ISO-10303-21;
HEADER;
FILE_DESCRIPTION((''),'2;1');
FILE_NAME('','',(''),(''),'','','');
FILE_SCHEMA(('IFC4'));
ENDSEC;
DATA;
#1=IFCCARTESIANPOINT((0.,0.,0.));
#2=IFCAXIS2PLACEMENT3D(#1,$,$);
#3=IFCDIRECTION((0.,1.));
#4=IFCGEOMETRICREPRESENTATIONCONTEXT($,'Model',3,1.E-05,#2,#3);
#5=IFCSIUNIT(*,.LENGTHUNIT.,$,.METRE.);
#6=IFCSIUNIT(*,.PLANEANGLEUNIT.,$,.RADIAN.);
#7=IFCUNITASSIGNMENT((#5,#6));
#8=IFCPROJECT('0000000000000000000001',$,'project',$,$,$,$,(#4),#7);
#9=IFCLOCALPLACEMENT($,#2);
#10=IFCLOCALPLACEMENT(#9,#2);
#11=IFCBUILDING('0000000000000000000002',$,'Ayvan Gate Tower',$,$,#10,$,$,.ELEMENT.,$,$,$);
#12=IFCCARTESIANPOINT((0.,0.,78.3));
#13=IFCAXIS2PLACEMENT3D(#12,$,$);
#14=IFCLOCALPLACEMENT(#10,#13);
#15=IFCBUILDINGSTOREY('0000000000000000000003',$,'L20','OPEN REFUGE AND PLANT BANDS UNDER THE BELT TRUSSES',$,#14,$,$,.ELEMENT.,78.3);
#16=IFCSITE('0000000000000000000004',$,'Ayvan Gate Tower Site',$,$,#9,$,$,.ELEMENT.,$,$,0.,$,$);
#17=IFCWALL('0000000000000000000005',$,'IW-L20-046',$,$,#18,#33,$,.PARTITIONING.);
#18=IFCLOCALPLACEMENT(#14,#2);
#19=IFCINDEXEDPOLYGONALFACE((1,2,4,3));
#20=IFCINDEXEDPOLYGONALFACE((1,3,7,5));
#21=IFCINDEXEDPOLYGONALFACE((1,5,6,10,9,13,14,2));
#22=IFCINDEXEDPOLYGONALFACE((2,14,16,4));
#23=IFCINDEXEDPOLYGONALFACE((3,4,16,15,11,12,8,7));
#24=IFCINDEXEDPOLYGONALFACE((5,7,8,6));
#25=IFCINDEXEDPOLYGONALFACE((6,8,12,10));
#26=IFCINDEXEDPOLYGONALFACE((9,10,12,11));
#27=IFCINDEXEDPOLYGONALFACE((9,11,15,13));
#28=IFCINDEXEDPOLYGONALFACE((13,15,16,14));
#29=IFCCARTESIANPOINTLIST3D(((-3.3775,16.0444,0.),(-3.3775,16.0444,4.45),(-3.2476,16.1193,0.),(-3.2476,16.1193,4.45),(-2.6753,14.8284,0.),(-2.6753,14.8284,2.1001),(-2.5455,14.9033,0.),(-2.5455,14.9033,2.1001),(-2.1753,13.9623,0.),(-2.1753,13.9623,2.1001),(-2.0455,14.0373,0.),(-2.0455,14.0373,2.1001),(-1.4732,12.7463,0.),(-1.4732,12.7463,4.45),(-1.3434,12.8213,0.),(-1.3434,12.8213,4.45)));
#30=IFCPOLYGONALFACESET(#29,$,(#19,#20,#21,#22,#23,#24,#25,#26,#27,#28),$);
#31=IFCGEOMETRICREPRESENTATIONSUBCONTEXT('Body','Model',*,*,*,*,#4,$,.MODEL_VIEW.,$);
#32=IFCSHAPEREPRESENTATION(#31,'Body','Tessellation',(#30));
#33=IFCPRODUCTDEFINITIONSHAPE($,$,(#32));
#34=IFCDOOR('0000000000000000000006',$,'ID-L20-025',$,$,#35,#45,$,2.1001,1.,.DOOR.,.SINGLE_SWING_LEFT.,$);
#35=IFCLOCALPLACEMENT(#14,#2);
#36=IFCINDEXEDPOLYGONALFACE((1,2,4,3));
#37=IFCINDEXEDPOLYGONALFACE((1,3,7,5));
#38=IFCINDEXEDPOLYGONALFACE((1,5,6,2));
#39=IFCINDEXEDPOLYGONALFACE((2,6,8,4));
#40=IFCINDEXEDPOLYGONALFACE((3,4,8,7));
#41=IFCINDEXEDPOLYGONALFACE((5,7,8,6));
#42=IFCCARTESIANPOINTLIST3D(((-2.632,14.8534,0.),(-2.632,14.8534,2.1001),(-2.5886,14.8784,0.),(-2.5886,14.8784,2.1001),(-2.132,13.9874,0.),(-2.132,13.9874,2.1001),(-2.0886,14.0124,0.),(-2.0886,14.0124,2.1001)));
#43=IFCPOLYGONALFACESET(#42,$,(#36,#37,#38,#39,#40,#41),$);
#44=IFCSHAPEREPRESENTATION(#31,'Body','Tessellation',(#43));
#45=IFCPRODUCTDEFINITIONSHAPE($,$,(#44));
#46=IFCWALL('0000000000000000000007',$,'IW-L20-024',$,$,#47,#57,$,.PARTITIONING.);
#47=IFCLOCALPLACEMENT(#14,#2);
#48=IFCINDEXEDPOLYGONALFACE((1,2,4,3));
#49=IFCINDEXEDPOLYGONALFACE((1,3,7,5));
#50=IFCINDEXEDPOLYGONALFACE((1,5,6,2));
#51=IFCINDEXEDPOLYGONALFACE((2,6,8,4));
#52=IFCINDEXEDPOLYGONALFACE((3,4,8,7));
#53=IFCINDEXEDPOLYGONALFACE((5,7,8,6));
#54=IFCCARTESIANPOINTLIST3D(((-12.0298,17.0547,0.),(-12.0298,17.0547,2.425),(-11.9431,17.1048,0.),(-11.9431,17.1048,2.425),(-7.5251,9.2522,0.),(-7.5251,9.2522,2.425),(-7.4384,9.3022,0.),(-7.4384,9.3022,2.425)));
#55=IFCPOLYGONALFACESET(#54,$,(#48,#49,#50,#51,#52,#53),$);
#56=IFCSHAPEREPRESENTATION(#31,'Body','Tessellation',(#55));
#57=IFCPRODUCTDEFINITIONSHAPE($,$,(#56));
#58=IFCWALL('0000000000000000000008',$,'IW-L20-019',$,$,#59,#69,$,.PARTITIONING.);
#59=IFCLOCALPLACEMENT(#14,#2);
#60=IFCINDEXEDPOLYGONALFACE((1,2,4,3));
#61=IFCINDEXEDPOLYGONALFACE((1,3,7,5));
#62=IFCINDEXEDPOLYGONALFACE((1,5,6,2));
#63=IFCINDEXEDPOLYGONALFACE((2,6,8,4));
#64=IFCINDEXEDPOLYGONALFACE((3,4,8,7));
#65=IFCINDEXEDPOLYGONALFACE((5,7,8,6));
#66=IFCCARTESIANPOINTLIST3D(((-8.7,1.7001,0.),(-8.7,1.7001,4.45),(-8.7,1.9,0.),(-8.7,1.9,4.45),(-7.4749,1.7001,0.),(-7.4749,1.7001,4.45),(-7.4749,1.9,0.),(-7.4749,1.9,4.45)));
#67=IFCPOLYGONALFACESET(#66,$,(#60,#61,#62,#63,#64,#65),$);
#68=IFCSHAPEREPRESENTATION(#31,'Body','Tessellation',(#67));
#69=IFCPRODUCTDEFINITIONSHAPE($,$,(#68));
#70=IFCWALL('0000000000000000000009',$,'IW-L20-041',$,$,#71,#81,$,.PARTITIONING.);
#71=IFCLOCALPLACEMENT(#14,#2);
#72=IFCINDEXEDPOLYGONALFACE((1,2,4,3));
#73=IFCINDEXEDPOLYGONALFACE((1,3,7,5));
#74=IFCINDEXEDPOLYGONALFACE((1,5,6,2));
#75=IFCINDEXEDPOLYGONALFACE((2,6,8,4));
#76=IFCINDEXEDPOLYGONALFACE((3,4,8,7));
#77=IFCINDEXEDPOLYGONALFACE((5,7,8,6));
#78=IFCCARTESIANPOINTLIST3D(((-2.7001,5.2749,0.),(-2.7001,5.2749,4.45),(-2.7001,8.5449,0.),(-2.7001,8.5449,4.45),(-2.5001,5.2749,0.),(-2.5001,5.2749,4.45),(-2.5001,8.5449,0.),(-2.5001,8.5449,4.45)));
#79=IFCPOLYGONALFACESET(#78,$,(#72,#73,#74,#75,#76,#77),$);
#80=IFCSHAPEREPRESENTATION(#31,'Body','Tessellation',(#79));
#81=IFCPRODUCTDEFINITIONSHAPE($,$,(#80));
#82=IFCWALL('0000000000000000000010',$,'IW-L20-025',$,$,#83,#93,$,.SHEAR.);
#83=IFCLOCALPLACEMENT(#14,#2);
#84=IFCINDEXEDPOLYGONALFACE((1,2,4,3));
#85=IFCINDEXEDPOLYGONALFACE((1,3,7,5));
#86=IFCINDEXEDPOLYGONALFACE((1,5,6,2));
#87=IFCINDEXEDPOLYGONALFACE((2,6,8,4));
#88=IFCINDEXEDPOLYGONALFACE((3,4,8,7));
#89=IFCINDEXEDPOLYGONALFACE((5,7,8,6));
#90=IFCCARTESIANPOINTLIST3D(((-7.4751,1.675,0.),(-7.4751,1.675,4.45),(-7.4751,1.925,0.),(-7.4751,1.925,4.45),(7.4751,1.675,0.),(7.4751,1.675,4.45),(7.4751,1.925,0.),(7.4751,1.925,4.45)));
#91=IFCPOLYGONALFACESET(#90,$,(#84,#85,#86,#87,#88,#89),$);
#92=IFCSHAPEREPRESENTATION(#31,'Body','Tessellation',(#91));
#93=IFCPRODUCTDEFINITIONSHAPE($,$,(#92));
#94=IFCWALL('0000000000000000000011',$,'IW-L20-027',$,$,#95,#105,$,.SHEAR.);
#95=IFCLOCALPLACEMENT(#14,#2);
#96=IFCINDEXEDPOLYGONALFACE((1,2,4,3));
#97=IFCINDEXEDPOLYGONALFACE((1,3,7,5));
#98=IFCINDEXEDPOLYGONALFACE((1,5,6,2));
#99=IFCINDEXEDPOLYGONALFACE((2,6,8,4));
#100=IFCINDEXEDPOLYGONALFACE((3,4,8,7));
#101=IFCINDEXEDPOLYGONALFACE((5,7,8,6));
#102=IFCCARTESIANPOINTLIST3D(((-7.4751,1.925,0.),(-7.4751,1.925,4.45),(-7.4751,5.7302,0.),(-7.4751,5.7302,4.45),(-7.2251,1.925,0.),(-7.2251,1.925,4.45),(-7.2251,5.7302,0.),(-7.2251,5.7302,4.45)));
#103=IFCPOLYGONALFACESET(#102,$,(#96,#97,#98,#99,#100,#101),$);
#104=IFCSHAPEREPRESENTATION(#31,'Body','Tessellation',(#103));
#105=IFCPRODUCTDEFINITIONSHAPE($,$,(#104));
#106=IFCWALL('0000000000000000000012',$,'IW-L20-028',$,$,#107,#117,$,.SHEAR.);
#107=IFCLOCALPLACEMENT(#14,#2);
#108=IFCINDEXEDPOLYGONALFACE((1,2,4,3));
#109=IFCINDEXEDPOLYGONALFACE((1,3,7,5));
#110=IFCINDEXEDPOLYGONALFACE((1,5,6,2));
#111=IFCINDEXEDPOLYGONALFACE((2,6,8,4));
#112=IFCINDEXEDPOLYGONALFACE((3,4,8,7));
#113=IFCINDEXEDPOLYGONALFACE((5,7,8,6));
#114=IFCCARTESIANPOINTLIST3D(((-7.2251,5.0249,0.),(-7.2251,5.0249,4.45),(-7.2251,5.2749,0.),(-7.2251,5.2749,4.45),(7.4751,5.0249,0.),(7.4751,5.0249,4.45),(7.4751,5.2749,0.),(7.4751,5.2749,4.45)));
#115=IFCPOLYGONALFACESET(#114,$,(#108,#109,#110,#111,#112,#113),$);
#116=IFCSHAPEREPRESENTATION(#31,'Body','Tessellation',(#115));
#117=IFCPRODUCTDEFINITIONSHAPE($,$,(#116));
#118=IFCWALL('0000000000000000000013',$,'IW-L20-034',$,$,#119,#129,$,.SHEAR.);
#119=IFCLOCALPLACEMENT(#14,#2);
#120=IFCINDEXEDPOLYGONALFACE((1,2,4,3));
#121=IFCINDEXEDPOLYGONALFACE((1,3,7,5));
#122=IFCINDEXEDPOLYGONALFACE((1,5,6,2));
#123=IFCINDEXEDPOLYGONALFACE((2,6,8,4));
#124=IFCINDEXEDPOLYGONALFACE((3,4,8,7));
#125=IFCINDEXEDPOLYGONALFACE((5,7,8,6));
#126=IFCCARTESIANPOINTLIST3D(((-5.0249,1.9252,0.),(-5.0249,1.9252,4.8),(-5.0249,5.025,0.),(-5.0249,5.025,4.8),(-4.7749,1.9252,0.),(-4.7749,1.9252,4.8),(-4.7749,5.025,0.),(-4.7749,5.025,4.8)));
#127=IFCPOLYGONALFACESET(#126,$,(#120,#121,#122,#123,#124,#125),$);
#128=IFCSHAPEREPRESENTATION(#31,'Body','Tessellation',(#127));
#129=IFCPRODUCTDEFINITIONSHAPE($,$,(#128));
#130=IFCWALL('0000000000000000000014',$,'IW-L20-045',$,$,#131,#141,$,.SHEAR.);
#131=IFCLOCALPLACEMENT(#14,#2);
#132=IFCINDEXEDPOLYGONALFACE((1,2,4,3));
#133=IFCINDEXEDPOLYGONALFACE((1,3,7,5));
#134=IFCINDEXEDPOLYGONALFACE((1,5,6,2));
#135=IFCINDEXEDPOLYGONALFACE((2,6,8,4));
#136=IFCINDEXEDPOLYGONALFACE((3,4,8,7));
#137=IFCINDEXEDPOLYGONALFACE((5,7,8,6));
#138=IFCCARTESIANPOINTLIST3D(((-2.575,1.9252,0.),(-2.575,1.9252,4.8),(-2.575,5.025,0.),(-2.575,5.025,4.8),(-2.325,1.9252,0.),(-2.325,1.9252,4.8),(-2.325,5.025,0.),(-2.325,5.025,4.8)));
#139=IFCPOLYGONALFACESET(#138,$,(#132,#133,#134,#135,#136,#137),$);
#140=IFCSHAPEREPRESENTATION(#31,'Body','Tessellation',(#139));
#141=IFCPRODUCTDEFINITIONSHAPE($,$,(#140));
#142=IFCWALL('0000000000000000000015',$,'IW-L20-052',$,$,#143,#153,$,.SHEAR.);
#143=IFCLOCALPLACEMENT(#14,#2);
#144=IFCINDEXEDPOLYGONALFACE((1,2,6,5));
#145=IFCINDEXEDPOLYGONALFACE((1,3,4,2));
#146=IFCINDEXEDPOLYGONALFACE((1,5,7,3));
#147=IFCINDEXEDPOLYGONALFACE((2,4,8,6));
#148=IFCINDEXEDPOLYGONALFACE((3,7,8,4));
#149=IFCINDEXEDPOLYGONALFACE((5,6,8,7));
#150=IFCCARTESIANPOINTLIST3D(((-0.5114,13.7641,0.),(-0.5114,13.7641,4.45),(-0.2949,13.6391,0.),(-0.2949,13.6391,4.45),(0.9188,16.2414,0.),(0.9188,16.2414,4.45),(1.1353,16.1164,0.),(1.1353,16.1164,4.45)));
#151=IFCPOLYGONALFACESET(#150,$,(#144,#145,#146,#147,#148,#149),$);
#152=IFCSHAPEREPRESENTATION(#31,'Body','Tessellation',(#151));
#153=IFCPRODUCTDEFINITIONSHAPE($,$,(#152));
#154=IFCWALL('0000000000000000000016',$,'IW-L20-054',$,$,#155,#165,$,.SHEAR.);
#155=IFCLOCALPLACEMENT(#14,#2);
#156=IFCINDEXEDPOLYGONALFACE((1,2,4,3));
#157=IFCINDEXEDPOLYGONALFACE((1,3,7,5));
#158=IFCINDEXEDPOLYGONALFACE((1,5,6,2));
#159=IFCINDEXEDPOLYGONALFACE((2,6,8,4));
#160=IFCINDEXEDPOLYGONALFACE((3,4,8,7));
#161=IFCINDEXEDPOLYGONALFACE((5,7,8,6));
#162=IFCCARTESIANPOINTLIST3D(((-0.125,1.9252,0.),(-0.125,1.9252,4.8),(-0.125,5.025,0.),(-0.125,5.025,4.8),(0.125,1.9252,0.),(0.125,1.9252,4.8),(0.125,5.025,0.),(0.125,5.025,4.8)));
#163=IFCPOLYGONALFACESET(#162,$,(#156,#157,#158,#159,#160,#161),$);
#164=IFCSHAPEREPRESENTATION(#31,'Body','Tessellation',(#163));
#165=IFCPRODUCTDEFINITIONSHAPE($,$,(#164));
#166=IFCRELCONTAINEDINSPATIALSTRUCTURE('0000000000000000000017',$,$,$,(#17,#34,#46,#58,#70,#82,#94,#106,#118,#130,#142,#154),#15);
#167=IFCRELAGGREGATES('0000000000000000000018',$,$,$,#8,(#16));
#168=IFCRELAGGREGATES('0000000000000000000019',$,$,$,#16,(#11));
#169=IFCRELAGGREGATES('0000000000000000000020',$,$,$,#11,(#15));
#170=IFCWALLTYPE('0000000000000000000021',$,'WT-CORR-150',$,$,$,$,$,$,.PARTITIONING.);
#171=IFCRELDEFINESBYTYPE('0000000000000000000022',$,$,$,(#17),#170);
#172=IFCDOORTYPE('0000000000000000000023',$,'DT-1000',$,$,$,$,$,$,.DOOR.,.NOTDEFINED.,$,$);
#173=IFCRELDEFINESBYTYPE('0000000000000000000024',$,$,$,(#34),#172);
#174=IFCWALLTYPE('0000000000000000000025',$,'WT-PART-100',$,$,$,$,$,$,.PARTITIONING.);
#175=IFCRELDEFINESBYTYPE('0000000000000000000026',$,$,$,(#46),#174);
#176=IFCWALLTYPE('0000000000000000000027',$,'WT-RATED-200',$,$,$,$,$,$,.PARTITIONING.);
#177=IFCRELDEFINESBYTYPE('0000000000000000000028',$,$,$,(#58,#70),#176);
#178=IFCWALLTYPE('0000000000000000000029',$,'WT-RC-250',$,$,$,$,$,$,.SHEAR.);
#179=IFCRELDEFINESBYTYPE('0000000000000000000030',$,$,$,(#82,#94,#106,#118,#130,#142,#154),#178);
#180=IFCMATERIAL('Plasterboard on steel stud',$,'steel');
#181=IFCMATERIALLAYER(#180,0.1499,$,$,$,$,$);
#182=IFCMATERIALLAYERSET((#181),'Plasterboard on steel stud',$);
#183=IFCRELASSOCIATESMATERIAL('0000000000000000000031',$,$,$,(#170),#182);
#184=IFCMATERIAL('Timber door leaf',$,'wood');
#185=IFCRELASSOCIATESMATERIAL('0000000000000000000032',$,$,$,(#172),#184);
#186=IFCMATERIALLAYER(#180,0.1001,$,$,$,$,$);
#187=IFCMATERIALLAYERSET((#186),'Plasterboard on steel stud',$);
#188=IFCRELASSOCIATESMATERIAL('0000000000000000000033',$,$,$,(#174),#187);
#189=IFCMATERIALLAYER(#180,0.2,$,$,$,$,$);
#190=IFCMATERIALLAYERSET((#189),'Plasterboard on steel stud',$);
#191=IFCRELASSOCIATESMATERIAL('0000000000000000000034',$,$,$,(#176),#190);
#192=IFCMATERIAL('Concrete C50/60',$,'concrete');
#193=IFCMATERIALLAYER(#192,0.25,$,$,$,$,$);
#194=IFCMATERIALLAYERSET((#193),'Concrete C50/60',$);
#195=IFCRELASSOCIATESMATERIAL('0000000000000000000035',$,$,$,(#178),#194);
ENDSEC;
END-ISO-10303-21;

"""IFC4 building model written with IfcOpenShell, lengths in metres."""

from ifc_helpers import new_model, si_unit, direction, frame, frame_2d, origin, place, context, subcontext, project, spatial, rectangle, extrude, material, layer, layer_set, type_object, element, fill, save


model = new_model("IFC4")

# Units and contexts
model_context = context("Model", 3, precision=1e-05, world=origin(), true_north=direction((0.0, 1.0)))
body_context = subcontext(model_context, "Body", "Model", "MODEL_VIEW")
ifc_project = project(units=[si_unit("LENGTHUNIT", "METRE"), si_unit("PLANEANGLEUNIT", "RADIAN")], contexts=[model_context])

# Site, building, storey
site_placement = place(None, origin())
site = spatial("IfcSite", under=ifc_project, at=site_placement, Name="Ayvan Gate Tower Site", CompositionType="ELEMENT", RefElevation=0.0)
building_placement = place(site_placement, origin())
building = spatial("IfcBuilding", under=site, at=building_placement, Name="Ayvan Gate Tower", CompositionType="ELEMENT")
storey_placement = place(building_placement, frame((0.0, 0.0, 78.3)))
storey = spatial("IfcBuildingStorey", under=building, at=storey_placement, Name="L20", Description="OPEN REFUGE AND PLANT BANDS UNDER THE BELT TRUSSES", CompositionType="ELEMENT", Elevation=78.3)

# Shared definitions
ifc_material_1 = material(Name="Timber door leaf", Category="wood")
ifc_material_2 = material(Name="Plasterboard on steel stud", Category="steel")
ifc_layer_1 = layer(ifc_material_2, 0.1499)
ifc_layer_set_1 = layer_set([ifc_layer_1], Name="Plasterboard on steel stud")
wall_type_1 = type_object("IfcWallType", Name="WT-CORR-150", PredefinedType="PARTITIONING", material=ifc_layer_set_1)
door_type_1 = type_object("IfcDoorType", Name="DT-1000", OperationType="NOTDEFINED", PredefinedType="DOOR", material=ifc_material_1)

# Wall, opening, door
wall_1_placement = place(storey_placement, frame((-1.4082, 12.7837, 0.0), z_axis=(0.0, 0.0, 1.0), x_axis=(-0.500028, 0.866009, 0.0)))
wall_1 = element("IfcWall", 1, at=wall_1_placement, inside=storey, type_object=wall_type_1, Name="IW-L20-046", PredefinedType="PARTITIONING", context=body_context, shape_type="SweptSolid", body=[
    extrude(rectangle(XDim=3.8083, YDim=0.1499, at=frame_2d((1.9043, 0.0))), origin(), (0.0, 0.0, 1.0), 4.45),
])
opening_1_placement = place(wall_1_placement, frame((1.4043, 0.0, 0.0)))
opening_1 = element("IfcOpeningElement", 2, at=opening_1_placement, cuts=wall_1, PredefinedType="OPENING", context=body_context, shape_type="SweptSolid", body=[
    extrude(rectangle(XDim=1.0, YDim=2.1001, at=frame_2d((0.5, 1.05))), frame((0.0, 0.085, 0.0), z_axis=(0.0, -1.0, 0.0), x_axis=(1.0, 0.0, 0.0)), (0.0, 0.0, 1.0), 0.1699),
])
door_1_placement = place(opening_1_placement, origin())
door_1 = element("IfcDoor", 3, at=door_1_placement, inside=storey, type_object=door_type_1, Name="ID-L20-025", OperationType="SINGLE_SWING_LEFT", OverallHeight=2.1001, OverallWidth=1.0, PredefinedType="DOOR", context=body_context, shape_type="SweptSolid", body=[
    extrude(rectangle(XDim=1.0, YDim=2.1001, at=frame_2d((0.5, 1.05))), frame((0.0, 0.0249, 0.0), z_axis=(0.0, -1.0, 0.0), x_axis=(1.0, 0.0, 0.0)), (0.0, 0.0, 1.0), 0.05),
])
fill(opening_1, door_1)

# Walls
ifc_layer_2 = layer(ifc_material_2, 0.1001)
ifc_layer_set_2 = layer_set([ifc_layer_2], Name="Plasterboard on steel stud")
wall_type_2 = type_object("IfcWallType", Name="WT-PART-100", PredefinedType="PARTITIONING", material=ifc_layer_set_2)
wall_2_placement = place(storey_placement, frame((-7.4817, 9.2771, 0.0), z_axis=(0.0, 0.0, 1.0), x_axis=(-0.499989, 0.866032, 0.0)))
element("IfcWall", 4, at=wall_2_placement, inside=storey, type_object=wall_type_2, Name="IW-L20-024", PredefinedType="PARTITIONING", context=body_context, shape_type="SweptSolid", body=[
    extrude(rectangle(XDim=9.0095, YDim=0.1001, at=frame_2d((4.5049, 0.0))), origin(), (0.0, 0.0, 1.0), 2.425),
])
ifc_layer_3 = layer(ifc_material_2, 0.2)
ifc_layer_set_3 = layer_set([ifc_layer_3], Name="Plasterboard on steel stud")
wall_type_3 = type_object("IfcWallType", Name="WT-RATED-200", PredefinedType="PARTITIONING", material=ifc_layer_set_3)
wall_3_placement = place(storey_placement, frame((-8.7, 1.8, 0.0), z_axis=(0.0, 0.0, 1.0), x_axis=(1.0, 0.0, 0.0)))
element("IfcWall", 5, at=wall_3_placement, inside=storey, type_object=wall_type_3, Name="IW-L20-019", PredefinedType="PARTITIONING", context=body_context, shape_type="SweptSolid", body=[
    extrude(rectangle(XDim=1.2251, YDim=0.2, at=frame_2d((0.6125, 0.0))), origin(), (0.0, 0.0, 1.0), 4.45),
])
wall_4_placement = place(storey_placement, frame((-2.6001, 8.5449, 0.0), z_axis=(0.0, 0.0, 1.0), x_axis=(0.0, -1.0, 0.0)))
element("IfcWall", 6, at=wall_4_placement, inside=storey, type_object=wall_type_3, Name="IW-L20-041", PredefinedType="PARTITIONING", context=body_context, shape_type="SweptSolid", body=[
    extrude(rectangle(XDim=3.27, YDim=0.2, at=frame_2d((1.635, 0.0))), origin(), (0.0, 0.0, 1.0), 4.45),
])
ifc_material_3 = material(Name="Concrete C50/60", Category="concrete")
ifc_layer_4 = layer(ifc_material_3, 0.25)
ifc_layer_set_4 = layer_set([ifc_layer_4], Name="Concrete C50/60")
wall_type_4 = type_object("IfcWallType", Name="WT-RC-250", PredefinedType="SHEAR", material=ifc_layer_set_4)
wall_5_placement = place(storey_placement, frame((-7.4751, 1.8, 0.0), z_axis=(0.0, 0.0, 1.0), x_axis=(1.0, 0.0, 0.0)))
element("IfcWall", 7, at=wall_5_placement, inside=storey, type_object=wall_type_4, Name="IW-L20-025", PredefinedType="SHEAR", context=body_context, shape_type="SweptSolid", body=[
    extrude(rectangle(XDim=14.9502, YDim=0.25, at=frame_2d((7.4751, 0.0))), origin(), (0.0, 0.0, 1.0), 4.45),
])
wall_6_placement = place(storey_placement, frame((-7.3501, 1.925, 0.0), z_axis=(0.0, 0.0, 1.0), x_axis=(0.0, 1.0, 0.0)))
element("IfcWall", 8, at=wall_6_placement, inside=storey, type_object=wall_type_4, Name="IW-L20-027", PredefinedType="SHEAR", context=body_context, shape_type="SweptSolid", body=[
    extrude(rectangle(XDim=3.8052, YDim=0.25, at=frame_2d((1.9026, 0.0))), origin(), (0.0, 0.0, 1.0), 4.45),
])
wall_7_placement = place(storey_placement, frame((-7.2251, 5.1499, 0.0), z_axis=(0.0, 0.0, 1.0), x_axis=(1.0, 0.0, 0.0)))
element("IfcWall", 9, at=wall_7_placement, inside=storey, type_object=wall_type_4, Name="IW-L20-028", PredefinedType="SHEAR", context=body_context, shape_type="SweptSolid", body=[
    extrude(rectangle(XDim=14.7002, YDim=0.25, at=frame_2d((7.3501, 0.0))), origin(), (0.0, 0.0, 1.0), 4.45),
])
for number, where, z_axis, x_axis, name in (
    (10, (-4.8999, 5.0249, 0.0), (0.0, 0.0, 1.0), (0.0, -1.0, 0.0), "IW-L20-034"),
    (11, (-2.45, 5.0249, 0.0), (0.0, 0.0, 1.0), (0.0, -1.0, 0.0), "IW-L20-045"),
):
    element("IfcWall", number, at=place(storey_placement, frame(where, z_axis=z_axis, x_axis=x_axis)), inside=storey, type_object=wall_type_4, Name=name, PredefinedType="SHEAR", context=body_context, shape_type="SweptSolid", body=[
        extrude(rectangle(XDim=3.0999, YDim=0.25, at=frame_2d((1.5498, 0.0))), origin(), (0.0, 0.0, 1.0), 4.8),
    ])
wall_8_placement = place(storey_placement, frame((-0.4031, 13.7017, 0.0), z_axis=(0.0, 0.0, 1.0), x_axis=(0.499976, 0.866039, 0.0)))
element("IfcWall", 12, at=wall_8_placement, inside=storey, type_object=wall_type_4, Name="IW-L20-052", PredefinedType="SHEAR", context=body_context, shape_type="SweptSolid", body=[
    extrude(rectangle(XDim=2.8606, YDim=0.25, at=frame_2d((1.4302, 0.0))), origin(), (0.0, 0.0, 1.0), 4.45),
])
wall_9_placement = place(storey_placement, frame((0.0, 5.0249, 0.0), z_axis=(0.0, 0.0, 1.0), x_axis=(0.0, -1.0, 0.0)))
element("IfcWall", 13, at=wall_9_placement, inside=storey, type_object=wall_type_4, Name="IW-L20-054", PredefinedType="SHEAR", context=body_context, shape_type="SweptSolid", body=[
    extrude(rectangle(XDim=3.0999, YDim=0.25, at=frame_2d((1.5498, 0.0))), origin(), (0.0, 0.0, 1.0), 4.8),
])

save(model, "model.ifc")
